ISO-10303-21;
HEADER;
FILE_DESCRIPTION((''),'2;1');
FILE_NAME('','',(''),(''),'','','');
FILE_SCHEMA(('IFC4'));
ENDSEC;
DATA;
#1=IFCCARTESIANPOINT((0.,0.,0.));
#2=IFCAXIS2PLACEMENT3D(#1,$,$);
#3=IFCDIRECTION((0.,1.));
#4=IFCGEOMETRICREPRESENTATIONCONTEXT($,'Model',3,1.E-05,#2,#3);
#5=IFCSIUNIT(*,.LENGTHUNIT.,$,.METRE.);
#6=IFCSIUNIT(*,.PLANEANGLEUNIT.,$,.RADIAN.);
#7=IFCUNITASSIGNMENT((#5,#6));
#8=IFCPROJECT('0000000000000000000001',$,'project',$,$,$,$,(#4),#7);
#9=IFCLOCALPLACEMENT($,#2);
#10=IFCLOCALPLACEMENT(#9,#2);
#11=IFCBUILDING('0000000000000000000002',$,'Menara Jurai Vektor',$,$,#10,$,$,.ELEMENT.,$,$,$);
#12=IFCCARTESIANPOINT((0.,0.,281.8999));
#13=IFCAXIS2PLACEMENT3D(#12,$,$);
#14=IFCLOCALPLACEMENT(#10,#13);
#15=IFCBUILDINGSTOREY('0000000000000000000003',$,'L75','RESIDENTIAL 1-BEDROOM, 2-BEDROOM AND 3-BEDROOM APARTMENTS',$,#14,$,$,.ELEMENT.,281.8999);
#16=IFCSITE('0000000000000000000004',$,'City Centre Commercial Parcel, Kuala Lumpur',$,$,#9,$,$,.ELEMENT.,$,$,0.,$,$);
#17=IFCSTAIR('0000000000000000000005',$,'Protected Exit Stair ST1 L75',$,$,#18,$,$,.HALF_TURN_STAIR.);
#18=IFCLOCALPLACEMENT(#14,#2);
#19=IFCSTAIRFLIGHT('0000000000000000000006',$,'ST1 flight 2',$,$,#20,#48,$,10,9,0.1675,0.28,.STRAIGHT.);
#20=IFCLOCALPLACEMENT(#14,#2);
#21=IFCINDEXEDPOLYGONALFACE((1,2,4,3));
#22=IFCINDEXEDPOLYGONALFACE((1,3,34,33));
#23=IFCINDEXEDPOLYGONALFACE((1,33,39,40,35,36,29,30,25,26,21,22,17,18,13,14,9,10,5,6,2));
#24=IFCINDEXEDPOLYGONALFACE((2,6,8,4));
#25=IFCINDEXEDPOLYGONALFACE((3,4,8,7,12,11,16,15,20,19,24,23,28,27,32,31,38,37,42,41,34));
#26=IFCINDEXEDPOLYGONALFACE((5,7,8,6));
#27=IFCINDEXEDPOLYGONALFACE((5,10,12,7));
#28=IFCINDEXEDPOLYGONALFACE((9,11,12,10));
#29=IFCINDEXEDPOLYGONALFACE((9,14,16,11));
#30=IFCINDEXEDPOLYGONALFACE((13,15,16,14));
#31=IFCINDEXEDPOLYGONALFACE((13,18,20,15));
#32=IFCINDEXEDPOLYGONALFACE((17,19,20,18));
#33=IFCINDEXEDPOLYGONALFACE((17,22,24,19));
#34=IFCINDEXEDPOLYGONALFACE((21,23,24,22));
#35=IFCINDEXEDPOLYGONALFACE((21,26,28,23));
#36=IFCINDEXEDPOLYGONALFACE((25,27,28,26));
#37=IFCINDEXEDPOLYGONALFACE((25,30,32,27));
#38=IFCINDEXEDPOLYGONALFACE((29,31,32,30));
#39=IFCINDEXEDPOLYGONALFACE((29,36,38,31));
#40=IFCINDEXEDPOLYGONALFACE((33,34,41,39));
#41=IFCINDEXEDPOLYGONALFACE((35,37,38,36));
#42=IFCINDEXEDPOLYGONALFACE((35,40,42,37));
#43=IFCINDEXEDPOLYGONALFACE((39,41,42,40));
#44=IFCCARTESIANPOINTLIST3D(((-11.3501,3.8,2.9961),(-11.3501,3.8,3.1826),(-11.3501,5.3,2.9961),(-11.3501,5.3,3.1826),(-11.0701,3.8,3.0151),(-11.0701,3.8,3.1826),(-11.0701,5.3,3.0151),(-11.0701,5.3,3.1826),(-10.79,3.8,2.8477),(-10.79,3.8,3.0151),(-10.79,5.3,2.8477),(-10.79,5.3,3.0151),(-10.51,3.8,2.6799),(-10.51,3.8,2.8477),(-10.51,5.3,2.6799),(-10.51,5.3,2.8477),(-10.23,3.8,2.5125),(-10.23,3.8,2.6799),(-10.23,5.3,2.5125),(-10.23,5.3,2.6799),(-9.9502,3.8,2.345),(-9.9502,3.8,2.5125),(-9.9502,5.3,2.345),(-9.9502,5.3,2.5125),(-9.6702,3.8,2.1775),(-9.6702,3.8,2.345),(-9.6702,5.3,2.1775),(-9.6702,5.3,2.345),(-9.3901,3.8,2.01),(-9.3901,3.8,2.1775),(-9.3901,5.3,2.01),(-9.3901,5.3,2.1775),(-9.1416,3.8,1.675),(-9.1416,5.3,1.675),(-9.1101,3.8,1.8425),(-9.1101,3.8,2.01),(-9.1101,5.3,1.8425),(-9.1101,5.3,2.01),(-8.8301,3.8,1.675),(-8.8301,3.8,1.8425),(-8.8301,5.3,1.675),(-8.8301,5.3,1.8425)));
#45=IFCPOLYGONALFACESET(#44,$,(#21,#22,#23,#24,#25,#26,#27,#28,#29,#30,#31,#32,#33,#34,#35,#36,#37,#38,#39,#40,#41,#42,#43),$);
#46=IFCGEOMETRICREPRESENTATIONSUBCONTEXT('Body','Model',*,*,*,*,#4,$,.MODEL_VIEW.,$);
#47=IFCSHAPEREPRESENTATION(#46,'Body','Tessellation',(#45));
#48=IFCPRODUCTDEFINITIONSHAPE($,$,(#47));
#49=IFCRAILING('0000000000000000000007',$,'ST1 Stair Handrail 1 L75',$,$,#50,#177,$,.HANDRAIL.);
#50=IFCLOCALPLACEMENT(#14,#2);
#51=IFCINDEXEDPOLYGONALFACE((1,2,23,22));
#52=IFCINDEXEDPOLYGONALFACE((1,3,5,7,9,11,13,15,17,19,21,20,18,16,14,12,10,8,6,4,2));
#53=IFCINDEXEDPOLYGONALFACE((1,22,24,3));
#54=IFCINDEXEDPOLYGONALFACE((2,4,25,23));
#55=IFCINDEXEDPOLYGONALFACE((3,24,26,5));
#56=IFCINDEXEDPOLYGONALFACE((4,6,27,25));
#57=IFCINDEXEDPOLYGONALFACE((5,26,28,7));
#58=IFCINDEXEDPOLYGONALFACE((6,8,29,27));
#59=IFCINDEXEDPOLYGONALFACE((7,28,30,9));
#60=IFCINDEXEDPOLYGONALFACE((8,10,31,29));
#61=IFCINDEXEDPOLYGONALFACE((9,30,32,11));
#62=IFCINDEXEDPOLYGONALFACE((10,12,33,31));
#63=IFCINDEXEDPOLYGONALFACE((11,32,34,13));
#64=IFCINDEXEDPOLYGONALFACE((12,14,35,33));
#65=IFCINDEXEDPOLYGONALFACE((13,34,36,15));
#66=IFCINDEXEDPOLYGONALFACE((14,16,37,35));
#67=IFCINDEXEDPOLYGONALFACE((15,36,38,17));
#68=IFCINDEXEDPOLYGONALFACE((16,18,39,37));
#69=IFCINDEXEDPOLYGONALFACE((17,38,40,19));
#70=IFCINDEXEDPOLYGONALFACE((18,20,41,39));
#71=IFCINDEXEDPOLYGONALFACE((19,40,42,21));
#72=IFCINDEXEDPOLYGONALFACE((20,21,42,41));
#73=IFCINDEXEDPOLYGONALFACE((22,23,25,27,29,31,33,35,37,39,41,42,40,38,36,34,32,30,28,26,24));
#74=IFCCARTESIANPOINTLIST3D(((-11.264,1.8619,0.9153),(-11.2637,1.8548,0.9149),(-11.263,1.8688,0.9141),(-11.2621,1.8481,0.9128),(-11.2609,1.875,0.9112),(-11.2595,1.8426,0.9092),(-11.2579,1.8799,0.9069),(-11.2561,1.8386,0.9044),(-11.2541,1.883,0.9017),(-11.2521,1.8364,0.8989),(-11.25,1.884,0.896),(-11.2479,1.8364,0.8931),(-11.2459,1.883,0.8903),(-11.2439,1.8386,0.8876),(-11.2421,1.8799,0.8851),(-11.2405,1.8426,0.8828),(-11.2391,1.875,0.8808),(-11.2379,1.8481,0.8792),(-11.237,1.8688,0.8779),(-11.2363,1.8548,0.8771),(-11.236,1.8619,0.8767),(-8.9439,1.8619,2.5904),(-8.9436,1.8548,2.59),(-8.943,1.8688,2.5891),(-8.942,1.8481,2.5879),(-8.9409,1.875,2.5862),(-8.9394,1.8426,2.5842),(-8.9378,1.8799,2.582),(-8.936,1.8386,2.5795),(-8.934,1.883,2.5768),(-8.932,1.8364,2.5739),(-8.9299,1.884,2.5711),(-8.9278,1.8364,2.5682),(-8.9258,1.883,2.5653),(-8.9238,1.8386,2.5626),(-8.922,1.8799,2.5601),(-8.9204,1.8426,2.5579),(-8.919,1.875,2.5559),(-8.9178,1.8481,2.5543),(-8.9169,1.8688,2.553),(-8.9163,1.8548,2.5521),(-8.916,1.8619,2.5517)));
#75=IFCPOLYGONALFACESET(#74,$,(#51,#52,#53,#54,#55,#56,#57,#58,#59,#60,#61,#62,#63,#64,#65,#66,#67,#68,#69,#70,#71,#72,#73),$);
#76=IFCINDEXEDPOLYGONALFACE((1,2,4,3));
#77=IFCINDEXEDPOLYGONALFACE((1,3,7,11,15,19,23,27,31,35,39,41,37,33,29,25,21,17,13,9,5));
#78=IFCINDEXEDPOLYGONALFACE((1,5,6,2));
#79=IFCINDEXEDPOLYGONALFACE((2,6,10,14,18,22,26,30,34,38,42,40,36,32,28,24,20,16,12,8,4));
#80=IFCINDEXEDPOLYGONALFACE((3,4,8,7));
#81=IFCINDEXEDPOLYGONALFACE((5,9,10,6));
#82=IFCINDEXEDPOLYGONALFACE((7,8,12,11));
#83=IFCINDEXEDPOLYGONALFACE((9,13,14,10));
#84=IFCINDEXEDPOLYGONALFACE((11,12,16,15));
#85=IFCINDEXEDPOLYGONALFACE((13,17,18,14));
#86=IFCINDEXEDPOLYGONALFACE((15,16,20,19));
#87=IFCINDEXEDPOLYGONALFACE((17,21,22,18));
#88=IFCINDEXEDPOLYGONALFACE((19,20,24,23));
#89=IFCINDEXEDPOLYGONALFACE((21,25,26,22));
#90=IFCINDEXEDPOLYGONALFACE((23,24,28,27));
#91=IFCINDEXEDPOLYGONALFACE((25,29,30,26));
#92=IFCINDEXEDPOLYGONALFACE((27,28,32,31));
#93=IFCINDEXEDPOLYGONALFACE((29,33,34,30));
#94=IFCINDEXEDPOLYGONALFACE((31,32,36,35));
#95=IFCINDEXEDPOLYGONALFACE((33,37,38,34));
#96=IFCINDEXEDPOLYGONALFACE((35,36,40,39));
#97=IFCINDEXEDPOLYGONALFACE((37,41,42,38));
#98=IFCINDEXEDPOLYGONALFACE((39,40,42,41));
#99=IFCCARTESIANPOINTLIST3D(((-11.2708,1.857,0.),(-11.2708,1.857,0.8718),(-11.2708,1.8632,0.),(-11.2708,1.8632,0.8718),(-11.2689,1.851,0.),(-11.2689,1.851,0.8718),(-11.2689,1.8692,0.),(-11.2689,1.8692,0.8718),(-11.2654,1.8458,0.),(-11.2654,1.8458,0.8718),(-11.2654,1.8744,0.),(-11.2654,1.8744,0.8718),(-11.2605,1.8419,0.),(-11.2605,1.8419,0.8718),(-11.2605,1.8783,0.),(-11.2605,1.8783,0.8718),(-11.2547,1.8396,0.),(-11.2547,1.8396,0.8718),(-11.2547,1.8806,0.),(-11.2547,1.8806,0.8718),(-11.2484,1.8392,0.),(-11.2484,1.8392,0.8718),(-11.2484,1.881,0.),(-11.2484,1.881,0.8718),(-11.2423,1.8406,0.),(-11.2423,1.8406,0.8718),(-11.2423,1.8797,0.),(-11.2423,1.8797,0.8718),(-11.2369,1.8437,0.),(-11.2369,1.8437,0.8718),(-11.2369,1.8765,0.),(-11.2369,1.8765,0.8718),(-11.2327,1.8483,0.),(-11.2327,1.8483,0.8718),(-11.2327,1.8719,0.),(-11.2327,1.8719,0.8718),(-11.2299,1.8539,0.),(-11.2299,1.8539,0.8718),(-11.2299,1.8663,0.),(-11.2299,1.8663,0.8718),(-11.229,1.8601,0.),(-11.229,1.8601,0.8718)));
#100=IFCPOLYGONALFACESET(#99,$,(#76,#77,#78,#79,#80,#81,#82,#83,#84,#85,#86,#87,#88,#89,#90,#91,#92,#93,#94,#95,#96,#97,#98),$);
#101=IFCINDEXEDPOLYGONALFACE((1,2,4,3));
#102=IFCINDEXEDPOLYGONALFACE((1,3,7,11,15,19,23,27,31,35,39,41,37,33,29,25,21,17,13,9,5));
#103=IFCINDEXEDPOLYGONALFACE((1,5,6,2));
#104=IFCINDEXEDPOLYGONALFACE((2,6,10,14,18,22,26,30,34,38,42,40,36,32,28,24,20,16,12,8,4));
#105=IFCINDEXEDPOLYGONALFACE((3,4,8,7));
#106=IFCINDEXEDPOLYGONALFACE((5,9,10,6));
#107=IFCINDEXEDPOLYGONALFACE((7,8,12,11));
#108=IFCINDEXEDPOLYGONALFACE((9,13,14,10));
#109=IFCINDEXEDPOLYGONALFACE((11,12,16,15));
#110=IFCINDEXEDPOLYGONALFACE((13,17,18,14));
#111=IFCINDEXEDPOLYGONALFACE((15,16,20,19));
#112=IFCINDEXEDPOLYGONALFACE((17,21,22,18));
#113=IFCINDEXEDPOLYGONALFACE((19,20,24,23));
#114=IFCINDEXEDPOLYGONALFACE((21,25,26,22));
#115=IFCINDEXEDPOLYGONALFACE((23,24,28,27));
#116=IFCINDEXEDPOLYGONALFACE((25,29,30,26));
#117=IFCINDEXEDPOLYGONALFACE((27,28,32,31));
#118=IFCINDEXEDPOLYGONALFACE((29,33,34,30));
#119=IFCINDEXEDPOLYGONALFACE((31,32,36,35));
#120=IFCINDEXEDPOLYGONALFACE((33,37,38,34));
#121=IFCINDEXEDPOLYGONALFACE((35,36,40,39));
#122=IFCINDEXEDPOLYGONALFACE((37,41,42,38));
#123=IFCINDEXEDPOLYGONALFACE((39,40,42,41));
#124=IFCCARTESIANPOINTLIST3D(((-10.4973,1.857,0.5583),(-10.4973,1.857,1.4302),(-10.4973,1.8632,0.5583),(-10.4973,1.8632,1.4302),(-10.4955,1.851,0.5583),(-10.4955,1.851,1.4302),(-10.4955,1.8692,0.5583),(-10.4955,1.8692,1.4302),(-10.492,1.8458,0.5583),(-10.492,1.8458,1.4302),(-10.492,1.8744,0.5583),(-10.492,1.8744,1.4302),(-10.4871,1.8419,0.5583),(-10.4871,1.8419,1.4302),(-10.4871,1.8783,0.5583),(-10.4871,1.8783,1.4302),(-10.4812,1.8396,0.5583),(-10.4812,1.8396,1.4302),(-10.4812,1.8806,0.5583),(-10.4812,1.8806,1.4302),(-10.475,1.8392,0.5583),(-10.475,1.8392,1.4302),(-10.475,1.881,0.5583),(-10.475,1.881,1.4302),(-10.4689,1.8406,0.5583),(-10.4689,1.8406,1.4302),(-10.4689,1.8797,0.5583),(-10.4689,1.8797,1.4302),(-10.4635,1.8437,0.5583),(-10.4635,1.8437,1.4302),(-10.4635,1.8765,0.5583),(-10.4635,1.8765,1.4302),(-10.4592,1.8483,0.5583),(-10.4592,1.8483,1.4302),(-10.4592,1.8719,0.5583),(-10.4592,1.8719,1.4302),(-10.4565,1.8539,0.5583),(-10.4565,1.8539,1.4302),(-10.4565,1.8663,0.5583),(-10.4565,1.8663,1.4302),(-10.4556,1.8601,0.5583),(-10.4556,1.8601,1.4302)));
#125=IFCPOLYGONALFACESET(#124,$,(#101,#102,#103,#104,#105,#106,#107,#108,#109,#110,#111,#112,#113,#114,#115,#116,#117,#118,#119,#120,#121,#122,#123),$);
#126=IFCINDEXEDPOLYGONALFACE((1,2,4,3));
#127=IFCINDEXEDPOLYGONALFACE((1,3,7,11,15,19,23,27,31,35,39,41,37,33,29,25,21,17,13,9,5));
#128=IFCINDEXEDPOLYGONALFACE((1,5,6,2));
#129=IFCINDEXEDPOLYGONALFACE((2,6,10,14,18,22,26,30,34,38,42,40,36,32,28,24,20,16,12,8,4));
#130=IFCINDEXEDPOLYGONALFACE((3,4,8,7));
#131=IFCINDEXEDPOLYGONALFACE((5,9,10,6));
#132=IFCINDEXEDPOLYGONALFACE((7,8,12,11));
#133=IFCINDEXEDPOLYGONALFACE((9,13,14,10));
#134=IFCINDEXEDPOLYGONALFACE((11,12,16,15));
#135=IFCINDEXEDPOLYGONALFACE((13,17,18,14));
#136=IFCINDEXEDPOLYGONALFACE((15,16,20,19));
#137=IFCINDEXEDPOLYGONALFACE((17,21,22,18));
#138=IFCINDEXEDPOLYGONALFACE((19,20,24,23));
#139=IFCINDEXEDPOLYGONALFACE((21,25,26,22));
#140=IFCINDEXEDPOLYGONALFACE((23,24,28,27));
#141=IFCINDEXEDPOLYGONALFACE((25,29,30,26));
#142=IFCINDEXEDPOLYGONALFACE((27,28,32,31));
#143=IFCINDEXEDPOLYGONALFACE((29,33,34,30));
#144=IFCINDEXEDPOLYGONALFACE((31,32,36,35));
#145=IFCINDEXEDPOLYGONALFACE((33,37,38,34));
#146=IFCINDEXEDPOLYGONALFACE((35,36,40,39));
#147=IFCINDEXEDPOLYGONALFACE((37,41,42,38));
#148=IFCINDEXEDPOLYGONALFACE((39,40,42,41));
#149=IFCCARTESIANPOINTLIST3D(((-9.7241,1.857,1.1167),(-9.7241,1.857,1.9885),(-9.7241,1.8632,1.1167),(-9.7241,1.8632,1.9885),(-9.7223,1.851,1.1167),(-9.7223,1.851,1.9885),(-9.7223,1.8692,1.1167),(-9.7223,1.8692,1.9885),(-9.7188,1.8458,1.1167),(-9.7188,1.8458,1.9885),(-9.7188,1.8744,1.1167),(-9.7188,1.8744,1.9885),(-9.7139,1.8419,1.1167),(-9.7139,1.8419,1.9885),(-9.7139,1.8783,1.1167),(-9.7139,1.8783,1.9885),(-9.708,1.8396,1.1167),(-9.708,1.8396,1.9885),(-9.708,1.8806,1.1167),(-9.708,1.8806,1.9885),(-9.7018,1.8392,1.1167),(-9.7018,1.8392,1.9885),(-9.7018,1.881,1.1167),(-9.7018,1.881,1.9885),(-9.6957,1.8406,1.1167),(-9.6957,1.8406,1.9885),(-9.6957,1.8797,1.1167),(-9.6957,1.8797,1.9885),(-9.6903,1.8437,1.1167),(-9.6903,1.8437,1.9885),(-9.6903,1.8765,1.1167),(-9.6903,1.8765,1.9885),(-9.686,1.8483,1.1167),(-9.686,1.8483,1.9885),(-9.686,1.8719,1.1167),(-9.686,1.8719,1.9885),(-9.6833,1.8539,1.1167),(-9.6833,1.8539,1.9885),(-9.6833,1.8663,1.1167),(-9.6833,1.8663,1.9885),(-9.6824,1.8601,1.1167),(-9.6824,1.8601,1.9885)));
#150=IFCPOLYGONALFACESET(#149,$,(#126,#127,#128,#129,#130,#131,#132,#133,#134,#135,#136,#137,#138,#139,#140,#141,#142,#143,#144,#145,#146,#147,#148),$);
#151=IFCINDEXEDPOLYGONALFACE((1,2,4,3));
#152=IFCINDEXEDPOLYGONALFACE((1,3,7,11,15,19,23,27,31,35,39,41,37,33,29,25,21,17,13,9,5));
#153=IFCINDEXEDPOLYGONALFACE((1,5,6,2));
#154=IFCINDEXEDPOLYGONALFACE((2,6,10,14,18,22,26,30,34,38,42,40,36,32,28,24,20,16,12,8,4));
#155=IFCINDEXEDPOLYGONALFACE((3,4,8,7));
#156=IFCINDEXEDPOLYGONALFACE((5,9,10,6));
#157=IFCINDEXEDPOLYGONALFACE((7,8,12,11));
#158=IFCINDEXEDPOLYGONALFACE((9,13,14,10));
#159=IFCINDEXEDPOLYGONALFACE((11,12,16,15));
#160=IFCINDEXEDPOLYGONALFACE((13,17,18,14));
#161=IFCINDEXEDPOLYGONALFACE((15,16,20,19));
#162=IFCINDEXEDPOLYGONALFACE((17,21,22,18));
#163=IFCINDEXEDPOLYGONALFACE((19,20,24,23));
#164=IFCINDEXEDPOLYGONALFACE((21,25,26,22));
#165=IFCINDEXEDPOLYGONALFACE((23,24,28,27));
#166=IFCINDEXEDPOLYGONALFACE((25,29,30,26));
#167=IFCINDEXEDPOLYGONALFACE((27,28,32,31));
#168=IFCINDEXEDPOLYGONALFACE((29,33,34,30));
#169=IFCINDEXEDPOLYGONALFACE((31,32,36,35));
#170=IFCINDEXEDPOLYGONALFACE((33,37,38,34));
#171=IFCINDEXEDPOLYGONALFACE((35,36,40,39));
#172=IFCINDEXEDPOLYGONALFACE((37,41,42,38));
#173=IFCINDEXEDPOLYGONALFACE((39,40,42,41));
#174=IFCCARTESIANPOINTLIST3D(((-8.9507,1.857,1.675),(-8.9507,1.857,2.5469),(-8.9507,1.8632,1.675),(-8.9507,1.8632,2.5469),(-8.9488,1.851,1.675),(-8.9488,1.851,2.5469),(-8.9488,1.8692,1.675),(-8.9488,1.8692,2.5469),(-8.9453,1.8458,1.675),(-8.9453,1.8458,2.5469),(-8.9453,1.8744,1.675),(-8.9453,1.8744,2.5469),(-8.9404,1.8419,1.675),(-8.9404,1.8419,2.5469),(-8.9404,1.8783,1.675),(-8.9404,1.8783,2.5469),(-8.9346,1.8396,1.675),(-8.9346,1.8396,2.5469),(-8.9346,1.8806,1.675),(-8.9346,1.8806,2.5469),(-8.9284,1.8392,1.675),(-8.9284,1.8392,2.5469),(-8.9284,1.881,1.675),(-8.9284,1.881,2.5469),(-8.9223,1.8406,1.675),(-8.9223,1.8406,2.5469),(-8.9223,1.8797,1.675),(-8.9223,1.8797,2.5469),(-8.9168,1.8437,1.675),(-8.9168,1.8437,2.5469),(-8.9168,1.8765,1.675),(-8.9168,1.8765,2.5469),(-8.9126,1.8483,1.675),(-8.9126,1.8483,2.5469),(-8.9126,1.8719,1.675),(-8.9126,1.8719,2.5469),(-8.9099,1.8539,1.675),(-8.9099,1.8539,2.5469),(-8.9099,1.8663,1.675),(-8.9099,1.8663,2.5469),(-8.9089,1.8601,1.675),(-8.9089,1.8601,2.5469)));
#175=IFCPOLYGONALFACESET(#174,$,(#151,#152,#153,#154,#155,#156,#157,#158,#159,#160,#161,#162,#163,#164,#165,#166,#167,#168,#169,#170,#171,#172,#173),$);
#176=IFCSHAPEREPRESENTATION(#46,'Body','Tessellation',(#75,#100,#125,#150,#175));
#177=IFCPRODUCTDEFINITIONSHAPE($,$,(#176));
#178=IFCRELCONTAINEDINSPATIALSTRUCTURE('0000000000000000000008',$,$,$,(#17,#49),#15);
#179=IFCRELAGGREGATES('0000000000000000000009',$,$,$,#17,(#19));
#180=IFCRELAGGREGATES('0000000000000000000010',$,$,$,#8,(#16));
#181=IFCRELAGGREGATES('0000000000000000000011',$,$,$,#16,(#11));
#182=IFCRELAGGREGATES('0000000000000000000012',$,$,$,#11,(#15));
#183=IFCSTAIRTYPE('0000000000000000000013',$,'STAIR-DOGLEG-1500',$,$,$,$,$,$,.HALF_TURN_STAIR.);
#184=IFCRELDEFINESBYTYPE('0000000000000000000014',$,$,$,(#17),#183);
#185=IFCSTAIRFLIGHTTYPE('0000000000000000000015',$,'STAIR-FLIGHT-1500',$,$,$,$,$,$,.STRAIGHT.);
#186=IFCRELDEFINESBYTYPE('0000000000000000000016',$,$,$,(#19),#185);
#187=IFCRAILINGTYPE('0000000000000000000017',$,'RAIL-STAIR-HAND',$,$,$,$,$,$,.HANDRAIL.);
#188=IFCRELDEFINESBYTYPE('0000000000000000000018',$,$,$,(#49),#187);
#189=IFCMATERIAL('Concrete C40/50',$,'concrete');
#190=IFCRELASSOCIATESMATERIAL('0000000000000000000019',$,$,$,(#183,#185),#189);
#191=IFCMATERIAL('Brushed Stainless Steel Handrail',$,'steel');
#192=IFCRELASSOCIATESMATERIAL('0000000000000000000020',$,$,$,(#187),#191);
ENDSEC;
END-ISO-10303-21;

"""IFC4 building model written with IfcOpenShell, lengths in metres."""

from ifc_helpers import new_model, si_unit, direction, frame, origin, origin_2d, place, context, subcontext, project, spatial, polyline, circle, outline, extrude, material, type_object, element, aggregate, save


model = new_model("IFC4")

# Units and contexts
model_context = context("Model", 3, precision=1e-05, world=origin(), true_north=direction((0.0, 1.0)))
body_context = subcontext(model_context, "Body", "Model", "MODEL_VIEW")
ifc_project = project(units=[si_unit("LENGTHUNIT", "METRE"), si_unit("PLANEANGLEUNIT", "RADIAN")], contexts=[model_context])

# Site, building, storey
site_placement = place(None, origin())
site = spatial("IfcSite", under=ifc_project, at=site_placement, Name="City Centre Commercial Parcel, Kuala Lumpur", CompositionType="ELEMENT", RefElevation=0.0)
building_placement = place(site_placement, origin())
building = spatial("IfcBuilding", under=site, at=building_placement, Name="Menara Jurai Vektor", CompositionType="ELEMENT")
storey_placement = place(building_placement, frame((0.0, 0.0, 281.8999)))
storey = spatial("IfcBuildingStorey", under=building, at=storey_placement, Name="L75", Description="RESIDENTIAL 1-BEDROOM, 2-BEDROOM AND 3-BEDROOM APARTMENTS", CompositionType="ELEMENT", Elevation=281.8999)

# Shared definitions
ifc_material_1 = material(Name="Concrete C40/50", Category="concrete")

# Stair, stair flight
stair_type = type_object("IfcStairType", Name="STAIR-DOGLEG-1500", PredefinedType="HALF_TURN_STAIR", material=ifc_material_1)
stair_placement = place(storey_placement, origin())
stair = element("IfcStair", 1, at=stair_placement, inside=storey, type_object=stair_type, Name="Protected Exit Stair ST1 L75", PredefinedType="HALF_TURN_STAIR")
stair_flight_type = type_object("IfcStairFlightType", Name="STAIR-FLIGHT-1500", PredefinedType="STRAIGHT", material=ifc_material_1)
stair_flight_1_placement = place(storey_placement, frame((-8.8301, 4.55, 1.675), z_axis=(0.0, 0.0, 1.0), x_axis=(-1.0, 0.0, 0.0)))
stair_flight_1 = element("IfcStairFlight", 2, at=stair_flight_1_placement, type_object=stair_flight_type, Name="ST1 flight 2", NumberOfRisers=10, NumberOfTreads=9, PredefinedType="STRAIGHT", RiserHeight=0.1675, TreadLength=0.28, context=body_context, shape_type="SweptSolid", body=[
    extrude(outline(polyline([(0.0, 0.0), (0.0, 0.1675), (0.28, 0.1675), (0.28, 0.335), (0.5601, 0.335), (0.5601, 0.5024), (0.8401, 0.5024), (0.8401, 0.6699), (1.1201, 0.6699), (1.1201, 0.8374), (1.3999, 0.8374), (1.3999, 1.0049), (1.6799, 1.0049), (1.6799, 1.1726), (1.96, 1.1726), (1.96, 1.3401), (2.24, 1.3401), (2.24, 1.5076), (2.52, 1.5076), (2.52, 1.675), (2.52, 1.321), (0.3115, 0.0), (0.0, 0.0)])), frame((0.0, 0.75, 0.0), z_axis=(0.0, -1.0, 0.0), x_axis=(1.0, 0.0, 0.0)), (0.0, 0.0, 1.0), 1.5),
])
aggregate(stair, [stair_flight_1])

# Railing
ifc_material_2 = material(Name="Brushed Stainless Steel Handrail", Category="steel")
railing_type_1 = type_object("IfcRailingType", Name="RAIL-STAIR-HAND", PredefinedType="HANDRAIL", material=ifc_material_2)
railing_1_placement = place(storey_placement, frame((-11.25, 1.8601, 0.0)))
element("IfcRailing", 3, at=railing_1_placement, inside=storey, type_object=railing_type_1, Name="ST1 Stair Handrail 1 L75", PredefinedType="HANDRAIL", context=body_context, shape_type="SweptSolid", body=[
    extrude(circle(Radius=0.0239, at=origin_2d()), frame((0.0, 0.0, 0.896), z_axis=(0.810771, 0.0, 0.585363), x_axis=(0.0, 1.0, 0.0)), (0.0, 0.0, 1.0), 2.8616),
    extrude(circle(Radius=0.021, at=origin_2d()), origin(), (0.0, 0.0, 1.0), 0.8718),
    extrude(circle(Radius=0.021, at=origin_2d()), frame((0.7734, 0.0, 0.5583)), (0.0, 0.0, 1.0), 0.8718),
    extrude(circle(Radius=0.021, at=origin_2d()), frame((1.5466, 0.0, 1.1167)), (0.0, 0.0, 1.0), 0.8718),
    extrude(circle(Radius=0.021, at=origin_2d()), frame((2.3201, 0.0, 1.675)), (0.0, 0.0, 1.0), 0.8718),
])

save(model, "model.ifc")
